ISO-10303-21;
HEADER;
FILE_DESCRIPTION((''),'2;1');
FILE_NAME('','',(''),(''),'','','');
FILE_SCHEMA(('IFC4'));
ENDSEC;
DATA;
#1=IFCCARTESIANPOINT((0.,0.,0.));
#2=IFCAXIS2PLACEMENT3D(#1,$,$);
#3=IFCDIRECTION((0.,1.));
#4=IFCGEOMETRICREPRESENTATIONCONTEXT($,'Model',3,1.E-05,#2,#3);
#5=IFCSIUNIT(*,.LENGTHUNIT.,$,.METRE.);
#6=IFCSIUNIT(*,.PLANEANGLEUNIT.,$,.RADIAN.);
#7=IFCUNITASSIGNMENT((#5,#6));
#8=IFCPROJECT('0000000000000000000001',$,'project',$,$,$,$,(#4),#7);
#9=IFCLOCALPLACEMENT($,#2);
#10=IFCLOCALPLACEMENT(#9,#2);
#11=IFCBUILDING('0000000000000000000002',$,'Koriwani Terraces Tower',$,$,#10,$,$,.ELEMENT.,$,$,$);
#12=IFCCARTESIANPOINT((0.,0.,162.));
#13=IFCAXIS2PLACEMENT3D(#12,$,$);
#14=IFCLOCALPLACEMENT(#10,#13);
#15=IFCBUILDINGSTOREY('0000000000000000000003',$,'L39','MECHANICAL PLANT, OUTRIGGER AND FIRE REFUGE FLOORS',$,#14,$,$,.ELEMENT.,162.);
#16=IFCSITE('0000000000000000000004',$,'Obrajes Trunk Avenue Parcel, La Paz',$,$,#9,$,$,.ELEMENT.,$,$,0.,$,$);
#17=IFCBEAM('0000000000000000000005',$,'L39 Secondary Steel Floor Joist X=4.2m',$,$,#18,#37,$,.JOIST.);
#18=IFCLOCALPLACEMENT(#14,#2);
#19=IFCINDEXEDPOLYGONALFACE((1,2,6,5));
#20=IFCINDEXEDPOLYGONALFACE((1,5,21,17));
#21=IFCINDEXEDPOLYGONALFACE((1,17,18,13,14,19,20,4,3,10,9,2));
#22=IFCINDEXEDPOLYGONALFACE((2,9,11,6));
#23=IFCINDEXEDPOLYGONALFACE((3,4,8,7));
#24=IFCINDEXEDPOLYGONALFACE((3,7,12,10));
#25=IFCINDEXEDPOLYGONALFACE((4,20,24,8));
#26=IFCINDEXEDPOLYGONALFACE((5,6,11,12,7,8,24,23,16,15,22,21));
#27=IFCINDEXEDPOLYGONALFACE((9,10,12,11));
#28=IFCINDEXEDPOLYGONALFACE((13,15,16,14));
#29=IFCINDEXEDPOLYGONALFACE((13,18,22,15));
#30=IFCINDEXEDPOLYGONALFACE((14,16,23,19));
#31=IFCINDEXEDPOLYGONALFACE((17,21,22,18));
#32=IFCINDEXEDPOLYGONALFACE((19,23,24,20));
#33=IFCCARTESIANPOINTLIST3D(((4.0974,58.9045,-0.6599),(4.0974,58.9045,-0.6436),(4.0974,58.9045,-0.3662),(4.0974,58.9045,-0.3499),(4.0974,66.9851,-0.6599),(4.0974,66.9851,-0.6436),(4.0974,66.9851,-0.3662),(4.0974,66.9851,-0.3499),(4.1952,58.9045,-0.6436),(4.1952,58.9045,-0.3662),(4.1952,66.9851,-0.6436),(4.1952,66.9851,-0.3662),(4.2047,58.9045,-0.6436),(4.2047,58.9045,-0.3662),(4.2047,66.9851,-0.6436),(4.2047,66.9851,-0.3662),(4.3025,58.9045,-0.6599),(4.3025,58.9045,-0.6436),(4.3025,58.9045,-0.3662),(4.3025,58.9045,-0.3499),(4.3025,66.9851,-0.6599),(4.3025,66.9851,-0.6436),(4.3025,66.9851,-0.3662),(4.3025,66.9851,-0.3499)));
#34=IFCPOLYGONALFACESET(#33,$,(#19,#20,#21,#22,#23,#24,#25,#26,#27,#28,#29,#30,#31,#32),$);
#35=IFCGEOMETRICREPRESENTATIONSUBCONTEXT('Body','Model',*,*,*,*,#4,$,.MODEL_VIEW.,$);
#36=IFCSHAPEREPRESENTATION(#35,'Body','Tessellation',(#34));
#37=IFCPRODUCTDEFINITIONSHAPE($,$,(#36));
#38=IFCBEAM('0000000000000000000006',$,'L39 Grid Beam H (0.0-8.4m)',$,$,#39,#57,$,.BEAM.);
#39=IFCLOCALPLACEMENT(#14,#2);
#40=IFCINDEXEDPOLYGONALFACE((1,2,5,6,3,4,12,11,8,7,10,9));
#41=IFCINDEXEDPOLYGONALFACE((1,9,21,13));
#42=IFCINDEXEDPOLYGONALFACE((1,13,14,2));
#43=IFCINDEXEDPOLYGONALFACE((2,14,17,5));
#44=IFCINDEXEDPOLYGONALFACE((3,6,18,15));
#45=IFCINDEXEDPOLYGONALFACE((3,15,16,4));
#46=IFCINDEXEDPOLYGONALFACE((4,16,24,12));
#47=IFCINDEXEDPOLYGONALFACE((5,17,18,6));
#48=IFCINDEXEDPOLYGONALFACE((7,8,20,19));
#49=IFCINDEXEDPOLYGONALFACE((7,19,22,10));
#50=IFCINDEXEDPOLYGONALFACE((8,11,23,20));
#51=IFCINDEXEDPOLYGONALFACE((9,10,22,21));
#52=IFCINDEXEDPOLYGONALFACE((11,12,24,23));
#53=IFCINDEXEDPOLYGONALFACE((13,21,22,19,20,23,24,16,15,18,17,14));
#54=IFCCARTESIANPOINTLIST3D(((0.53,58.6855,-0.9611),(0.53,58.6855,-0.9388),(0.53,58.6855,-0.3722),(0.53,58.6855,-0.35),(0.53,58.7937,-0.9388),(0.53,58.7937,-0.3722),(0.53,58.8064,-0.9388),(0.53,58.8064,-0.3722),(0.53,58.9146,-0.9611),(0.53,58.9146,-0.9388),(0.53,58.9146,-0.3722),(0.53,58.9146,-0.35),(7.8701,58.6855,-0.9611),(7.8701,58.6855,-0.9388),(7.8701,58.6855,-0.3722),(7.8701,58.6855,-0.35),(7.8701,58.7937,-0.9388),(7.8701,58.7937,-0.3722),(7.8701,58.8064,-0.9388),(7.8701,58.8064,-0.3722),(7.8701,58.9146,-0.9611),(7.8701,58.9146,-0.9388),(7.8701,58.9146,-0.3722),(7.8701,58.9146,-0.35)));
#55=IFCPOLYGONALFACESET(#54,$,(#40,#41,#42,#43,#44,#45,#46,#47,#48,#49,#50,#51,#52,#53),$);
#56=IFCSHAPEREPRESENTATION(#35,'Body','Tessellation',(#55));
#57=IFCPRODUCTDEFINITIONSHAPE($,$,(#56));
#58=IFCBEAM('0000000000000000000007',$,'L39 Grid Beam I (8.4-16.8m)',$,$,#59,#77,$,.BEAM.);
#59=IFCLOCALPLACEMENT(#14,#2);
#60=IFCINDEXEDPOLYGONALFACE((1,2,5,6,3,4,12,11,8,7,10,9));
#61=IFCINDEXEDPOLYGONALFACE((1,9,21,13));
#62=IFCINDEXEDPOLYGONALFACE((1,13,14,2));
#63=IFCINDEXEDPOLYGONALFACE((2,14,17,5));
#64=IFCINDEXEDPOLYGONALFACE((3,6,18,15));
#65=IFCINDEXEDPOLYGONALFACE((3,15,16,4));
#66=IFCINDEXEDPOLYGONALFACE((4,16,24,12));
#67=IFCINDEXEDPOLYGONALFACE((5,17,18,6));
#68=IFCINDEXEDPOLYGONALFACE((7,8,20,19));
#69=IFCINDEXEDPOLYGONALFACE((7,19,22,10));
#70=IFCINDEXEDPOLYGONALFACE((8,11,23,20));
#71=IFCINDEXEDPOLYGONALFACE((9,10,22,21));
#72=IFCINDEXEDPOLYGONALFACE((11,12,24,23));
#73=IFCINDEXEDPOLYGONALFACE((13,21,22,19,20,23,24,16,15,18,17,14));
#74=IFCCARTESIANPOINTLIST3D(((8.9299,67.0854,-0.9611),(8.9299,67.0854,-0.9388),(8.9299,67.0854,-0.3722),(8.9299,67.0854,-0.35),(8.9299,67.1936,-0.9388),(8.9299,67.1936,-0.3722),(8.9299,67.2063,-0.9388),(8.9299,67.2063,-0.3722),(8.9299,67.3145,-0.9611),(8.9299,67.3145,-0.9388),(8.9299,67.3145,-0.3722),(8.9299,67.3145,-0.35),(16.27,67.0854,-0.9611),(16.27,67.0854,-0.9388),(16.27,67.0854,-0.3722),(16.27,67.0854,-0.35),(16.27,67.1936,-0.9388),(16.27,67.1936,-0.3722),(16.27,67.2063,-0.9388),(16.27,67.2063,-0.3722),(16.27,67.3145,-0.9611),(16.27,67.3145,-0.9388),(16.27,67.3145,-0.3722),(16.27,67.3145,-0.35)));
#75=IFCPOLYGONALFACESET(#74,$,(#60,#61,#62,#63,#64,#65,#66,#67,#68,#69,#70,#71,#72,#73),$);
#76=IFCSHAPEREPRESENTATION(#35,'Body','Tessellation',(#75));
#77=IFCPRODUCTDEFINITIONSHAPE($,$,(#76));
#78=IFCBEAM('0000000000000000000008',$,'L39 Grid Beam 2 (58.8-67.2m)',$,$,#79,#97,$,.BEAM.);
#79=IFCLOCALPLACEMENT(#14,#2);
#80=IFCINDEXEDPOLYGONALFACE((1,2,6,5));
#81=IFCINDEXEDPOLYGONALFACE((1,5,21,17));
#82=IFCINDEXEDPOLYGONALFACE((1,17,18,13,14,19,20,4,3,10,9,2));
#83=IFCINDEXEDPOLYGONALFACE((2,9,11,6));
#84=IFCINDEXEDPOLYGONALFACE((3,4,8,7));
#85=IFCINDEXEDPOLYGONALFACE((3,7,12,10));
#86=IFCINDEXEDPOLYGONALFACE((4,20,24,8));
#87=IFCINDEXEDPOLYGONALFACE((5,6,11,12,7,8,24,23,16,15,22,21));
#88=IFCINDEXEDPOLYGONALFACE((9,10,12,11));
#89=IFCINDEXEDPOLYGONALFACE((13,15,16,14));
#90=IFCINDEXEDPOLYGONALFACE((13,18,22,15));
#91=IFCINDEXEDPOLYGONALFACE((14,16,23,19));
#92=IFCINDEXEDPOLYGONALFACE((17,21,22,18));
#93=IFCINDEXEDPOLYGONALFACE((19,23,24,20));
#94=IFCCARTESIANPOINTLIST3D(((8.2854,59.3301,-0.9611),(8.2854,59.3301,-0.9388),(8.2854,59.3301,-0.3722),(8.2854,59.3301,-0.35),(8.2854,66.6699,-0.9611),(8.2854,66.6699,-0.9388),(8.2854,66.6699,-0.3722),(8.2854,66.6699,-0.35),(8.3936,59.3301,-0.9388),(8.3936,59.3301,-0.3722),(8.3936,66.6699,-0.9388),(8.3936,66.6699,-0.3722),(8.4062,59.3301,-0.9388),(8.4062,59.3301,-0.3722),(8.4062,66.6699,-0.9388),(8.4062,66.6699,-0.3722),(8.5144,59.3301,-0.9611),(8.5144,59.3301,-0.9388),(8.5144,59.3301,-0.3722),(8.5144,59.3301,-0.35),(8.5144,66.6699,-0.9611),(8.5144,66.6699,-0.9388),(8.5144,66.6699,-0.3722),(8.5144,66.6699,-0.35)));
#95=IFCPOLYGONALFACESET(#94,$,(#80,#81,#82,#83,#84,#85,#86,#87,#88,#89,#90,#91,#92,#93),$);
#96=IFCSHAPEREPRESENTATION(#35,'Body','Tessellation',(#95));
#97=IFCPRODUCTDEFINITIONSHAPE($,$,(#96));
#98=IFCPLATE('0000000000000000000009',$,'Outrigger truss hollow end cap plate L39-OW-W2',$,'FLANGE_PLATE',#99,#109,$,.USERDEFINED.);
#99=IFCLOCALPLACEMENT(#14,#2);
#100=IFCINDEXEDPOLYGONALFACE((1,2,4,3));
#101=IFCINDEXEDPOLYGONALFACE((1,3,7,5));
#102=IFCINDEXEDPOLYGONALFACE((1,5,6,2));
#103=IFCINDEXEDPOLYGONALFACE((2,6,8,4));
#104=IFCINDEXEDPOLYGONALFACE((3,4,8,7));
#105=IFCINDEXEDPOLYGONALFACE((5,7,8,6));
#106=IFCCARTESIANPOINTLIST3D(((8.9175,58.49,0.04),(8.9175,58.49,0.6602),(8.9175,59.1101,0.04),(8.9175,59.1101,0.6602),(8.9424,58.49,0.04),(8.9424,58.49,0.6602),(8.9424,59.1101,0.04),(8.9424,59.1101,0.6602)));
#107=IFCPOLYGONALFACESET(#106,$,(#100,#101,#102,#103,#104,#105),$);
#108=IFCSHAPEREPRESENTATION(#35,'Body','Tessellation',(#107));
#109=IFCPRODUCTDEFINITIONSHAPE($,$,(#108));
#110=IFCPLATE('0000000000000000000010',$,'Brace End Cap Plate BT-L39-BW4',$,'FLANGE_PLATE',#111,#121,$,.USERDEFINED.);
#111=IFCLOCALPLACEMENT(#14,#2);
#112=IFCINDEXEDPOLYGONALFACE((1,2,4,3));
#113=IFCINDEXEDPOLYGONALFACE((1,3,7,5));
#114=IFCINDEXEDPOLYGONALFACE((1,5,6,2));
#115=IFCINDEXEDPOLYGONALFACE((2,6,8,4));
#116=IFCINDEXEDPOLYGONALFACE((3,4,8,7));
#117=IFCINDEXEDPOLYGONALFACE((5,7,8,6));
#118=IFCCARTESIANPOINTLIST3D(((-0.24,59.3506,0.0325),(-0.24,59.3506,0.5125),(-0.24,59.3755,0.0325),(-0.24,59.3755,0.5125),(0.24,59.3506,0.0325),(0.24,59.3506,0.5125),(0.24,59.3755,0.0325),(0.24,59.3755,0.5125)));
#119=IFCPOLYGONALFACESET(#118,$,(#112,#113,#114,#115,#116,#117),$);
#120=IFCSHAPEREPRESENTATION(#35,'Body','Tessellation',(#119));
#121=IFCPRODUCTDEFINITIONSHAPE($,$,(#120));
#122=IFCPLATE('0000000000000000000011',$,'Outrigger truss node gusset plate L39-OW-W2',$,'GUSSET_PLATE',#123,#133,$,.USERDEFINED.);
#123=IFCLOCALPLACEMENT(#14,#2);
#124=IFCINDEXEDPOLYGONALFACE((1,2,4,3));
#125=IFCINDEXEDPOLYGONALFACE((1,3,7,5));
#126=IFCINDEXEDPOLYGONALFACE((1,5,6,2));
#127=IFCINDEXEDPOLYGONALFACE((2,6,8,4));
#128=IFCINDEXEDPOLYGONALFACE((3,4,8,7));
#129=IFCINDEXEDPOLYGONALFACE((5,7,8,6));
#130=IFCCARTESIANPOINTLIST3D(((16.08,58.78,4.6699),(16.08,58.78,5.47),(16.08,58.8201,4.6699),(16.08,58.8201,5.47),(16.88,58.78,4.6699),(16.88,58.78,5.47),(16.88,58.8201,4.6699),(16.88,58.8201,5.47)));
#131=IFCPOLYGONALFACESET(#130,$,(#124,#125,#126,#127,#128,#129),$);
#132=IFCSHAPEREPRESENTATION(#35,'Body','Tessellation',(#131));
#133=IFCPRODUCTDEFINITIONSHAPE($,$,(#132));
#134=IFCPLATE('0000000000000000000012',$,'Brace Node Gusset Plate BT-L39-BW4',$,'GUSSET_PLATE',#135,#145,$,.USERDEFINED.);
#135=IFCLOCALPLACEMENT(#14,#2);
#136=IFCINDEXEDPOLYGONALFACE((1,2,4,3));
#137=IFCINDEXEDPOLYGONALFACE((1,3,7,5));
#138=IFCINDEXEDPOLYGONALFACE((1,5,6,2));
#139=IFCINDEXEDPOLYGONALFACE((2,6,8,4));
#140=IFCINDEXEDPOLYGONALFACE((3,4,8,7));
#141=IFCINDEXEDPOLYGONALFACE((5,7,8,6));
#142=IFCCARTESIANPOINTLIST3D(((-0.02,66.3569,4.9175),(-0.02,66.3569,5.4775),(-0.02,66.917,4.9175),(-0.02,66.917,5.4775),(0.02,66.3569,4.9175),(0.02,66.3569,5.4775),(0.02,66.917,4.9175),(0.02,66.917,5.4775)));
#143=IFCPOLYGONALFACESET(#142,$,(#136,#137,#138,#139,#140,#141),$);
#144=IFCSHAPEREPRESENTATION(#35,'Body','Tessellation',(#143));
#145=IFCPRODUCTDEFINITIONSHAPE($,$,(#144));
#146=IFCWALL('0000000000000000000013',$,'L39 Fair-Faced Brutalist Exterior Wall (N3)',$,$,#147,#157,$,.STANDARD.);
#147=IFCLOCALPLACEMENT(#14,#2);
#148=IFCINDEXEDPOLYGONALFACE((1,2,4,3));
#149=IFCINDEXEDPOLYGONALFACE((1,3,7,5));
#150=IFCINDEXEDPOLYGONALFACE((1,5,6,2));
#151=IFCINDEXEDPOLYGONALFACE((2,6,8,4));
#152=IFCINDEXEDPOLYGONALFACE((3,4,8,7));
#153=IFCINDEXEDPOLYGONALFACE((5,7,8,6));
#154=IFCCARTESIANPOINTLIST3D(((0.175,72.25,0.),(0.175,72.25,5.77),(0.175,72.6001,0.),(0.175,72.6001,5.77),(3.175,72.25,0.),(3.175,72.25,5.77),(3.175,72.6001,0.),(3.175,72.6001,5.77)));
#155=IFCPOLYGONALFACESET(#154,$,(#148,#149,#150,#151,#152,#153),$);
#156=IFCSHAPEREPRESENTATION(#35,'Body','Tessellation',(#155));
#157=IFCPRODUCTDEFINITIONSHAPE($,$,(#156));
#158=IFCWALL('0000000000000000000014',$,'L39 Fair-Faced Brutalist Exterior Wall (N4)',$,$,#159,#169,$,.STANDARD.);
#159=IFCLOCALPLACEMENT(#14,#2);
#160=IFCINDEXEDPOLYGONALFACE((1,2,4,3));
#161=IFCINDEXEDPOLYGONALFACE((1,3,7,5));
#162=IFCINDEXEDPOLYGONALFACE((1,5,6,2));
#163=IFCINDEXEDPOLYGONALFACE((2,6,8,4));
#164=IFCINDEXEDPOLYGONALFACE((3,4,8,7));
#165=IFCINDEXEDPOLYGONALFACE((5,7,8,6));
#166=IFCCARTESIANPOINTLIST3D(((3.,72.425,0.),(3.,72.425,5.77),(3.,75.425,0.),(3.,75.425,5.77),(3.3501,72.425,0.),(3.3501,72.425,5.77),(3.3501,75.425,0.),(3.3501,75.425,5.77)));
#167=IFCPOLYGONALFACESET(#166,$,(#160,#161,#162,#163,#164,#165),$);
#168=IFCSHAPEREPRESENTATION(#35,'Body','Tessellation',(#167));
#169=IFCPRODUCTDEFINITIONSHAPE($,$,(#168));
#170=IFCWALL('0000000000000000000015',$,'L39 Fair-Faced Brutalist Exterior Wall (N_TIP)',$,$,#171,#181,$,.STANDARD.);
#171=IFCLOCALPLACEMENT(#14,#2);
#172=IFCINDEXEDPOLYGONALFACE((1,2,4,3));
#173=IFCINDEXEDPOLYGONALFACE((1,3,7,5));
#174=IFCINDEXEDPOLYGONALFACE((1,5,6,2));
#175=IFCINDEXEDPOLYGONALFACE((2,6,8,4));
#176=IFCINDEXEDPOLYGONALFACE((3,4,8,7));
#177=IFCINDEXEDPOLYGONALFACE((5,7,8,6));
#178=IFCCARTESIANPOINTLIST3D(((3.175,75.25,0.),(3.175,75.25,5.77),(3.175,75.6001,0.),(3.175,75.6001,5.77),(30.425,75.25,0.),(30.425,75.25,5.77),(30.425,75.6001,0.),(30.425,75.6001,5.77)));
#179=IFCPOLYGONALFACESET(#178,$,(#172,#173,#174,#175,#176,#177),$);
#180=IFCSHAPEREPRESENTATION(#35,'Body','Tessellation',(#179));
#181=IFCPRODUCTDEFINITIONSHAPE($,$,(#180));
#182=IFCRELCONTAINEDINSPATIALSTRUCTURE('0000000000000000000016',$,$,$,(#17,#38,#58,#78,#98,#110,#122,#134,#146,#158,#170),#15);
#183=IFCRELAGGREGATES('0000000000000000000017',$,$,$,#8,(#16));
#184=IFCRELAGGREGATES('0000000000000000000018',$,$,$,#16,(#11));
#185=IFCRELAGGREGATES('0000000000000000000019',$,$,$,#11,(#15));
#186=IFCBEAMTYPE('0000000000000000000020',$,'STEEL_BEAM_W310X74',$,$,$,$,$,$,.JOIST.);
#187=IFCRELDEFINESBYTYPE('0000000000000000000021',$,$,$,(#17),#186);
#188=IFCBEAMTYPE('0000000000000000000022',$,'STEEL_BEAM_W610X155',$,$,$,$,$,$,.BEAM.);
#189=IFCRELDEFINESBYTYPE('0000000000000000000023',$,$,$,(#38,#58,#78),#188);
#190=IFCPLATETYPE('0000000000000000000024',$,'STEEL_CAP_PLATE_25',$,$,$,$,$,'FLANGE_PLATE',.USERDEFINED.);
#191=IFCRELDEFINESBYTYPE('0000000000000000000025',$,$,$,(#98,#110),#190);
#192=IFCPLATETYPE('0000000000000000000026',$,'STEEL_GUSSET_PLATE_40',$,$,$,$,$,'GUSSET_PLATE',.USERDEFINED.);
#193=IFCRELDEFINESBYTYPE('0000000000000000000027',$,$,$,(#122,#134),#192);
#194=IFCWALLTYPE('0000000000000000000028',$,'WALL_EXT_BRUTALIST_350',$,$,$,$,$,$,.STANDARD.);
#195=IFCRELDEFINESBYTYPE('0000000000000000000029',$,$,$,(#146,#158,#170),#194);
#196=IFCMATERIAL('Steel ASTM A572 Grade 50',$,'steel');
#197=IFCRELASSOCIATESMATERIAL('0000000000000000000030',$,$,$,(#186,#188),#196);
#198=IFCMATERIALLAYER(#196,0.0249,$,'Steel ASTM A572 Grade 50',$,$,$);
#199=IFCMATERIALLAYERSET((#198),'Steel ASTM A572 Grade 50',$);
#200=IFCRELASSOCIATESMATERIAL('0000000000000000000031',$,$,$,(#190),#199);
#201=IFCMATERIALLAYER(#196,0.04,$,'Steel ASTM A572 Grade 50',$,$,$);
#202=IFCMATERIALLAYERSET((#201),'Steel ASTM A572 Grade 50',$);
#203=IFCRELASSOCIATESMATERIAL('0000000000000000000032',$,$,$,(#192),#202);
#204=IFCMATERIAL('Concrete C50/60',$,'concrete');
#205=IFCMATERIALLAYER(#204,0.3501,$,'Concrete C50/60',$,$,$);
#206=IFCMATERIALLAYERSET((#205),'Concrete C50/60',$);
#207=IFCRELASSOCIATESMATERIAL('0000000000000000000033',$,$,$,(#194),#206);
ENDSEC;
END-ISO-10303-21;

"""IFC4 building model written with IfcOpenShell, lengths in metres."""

from ifc_helpers import new_model, si_unit, direction, frame, frame_2d, origin, origin_2d, place, context, subcontext, project, spatial, rectangle, i_section, extrude, material, layer, layer_set, material_profile, profile_set, type_object, element, save


model = new_model("IFC4")

# Units and contexts
model_context = context("Model", 3, precision=1e-05, world=origin(), true_north=direction((0.0, 1.0)))
body_context = subcontext(model_context, "Body", "Model", "MODEL_VIEW")
ifc_project = project(units=[si_unit("LENGTHUNIT", "METRE"), si_unit("PLANEANGLEUNIT", "RADIAN")], contexts=[model_context])

# Site, building, storey
site_placement = place(None, origin())
site = spatial("IfcSite", under=ifc_project, at=site_placement, Name="Obrajes Trunk Avenue Parcel, La Paz", CompositionType="ELEMENT", RefElevation=0.0)
building_placement = place(site_placement, origin())
building = spatial("IfcBuilding", under=site, at=building_placement, Name="Koriwani Terraces Tower", CompositionType="ELEMENT")
storey_placement = place(building_placement, frame((0.0, 0.0, 162.0)))
storey = spatial("IfcBuildingStorey", under=building, at=storey_placement, Name="L39", Description="MECHANICAL PLANT, OUTRIGGER AND FIRE REFUGE FLOORS", CompositionType="ELEMENT", Elevation=162.0)

# Shared definitions
ifc_material_1 = material(Name="Concrete C50/60", Category="concrete")

# Shared definitions
ifc_material_2 = material(Name="Steel ASTM A572 Grade 50", Category="steel")

# Beams
ifc_material_profile_1 = material_profile(ifc_material_2, i_section(OverallWidth=0.2051, OverallDepth=0.3101, WebThickness=0.0095, FlangeThickness=0.0164, at=origin_2d()), Name="Steel ASTM A572 Grade 50", Category="LoadBearing")
ifc_profile_set_1 = profile_set([ifc_material_profile_1], Name="Steel ASTM A572 Grade 50")
beam_type_1 = type_object("IfcBeamType", Name="STEEL_BEAM_W310X74", PredefinedType="JOIST", material=ifc_profile_set_1)
beam_1_placement = place(storey_placement, frame((4.2, 58.9045, -0.5049), z_axis=(0.0, 1.0, 0.0), x_axis=(-1.0, 0.0, 0.0)))
element("IfcBeam", 1, at=beam_1_placement, inside=storey, type_object=beam_type_1, Name="L39 Secondary Steel Floor Joist X=4.2m", PredefinedType="JOIST", context=body_context, shape_type="SweptSolid", body=[
    extrude(i_section(OverallWidth=0.2051, OverallDepth=0.3101, WebThickness=0.0095, FlangeThickness=0.0164, at=origin_2d()), origin(), (0.0, 0.0, 1.0), 8.0806),
])
ifc_material_profile_2 = material_profile(ifc_material_2, i_section(OverallWidth=0.229, OverallDepth=0.6111, WebThickness=0.0127, FlangeThickness=0.0222, at=origin_2d()), Name="Steel ASTM A572 Grade 50", Category="LoadBearing")
ifc_profile_set_2 = profile_set([ifc_material_profile_2], Name="Steel ASTM A572 Grade 50")
beam_type_2 = type_object("IfcBeamType", Name="STEEL_BEAM_W610X155", PredefinedType="BEAM", material=ifc_profile_set_2)
for number, where, z_axis, x_axis, name in (
    (2, (0.53, 58.8, -0.6555), (1.0, 0.0, 0.0), (0.0, 1.0, 0.0), "L39 Grid Beam H (0.0-8.4m)"),
    (3, (8.9299, 67.2, -0.6555), (1.0, 0.0, 0.0), (0.0, 1.0, 0.0), "L39 Grid Beam I (8.4-16.8m)"),
):
    element("IfcBeam", number, at=place(storey_placement, frame(where, z_axis=z_axis, x_axis=x_axis)), inside=storey, type_object=beam_type_2, Name=name, PredefinedType="BEAM", context=body_context, shape_type="SweptSolid", body=[
        extrude(i_section(OverallWidth=0.229, OverallDepth=0.6111, WebThickness=0.0127, FlangeThickness=0.0222, at=origin_2d()), origin(), (0.0, 0.0, 1.0), 7.3401),
    ])
beam_2_placement = place(storey_placement, frame((8.3999, 59.3301, -0.6555), z_axis=(0.0, 1.0, 0.0), x_axis=(-1.0, 0.0, 0.0)))
element("IfcBeam", 4, at=beam_2_placement, inside=storey, type_object=beam_type_2, Name="L39 Grid Beam 2 (58.8-67.2m)", PredefinedType="BEAM", context=body_context, shape_type="SweptSolid", body=[
    extrude(i_section(OverallWidth=0.229, OverallDepth=0.6111, WebThickness=0.0127, FlangeThickness=0.0222, at=origin_2d()), origin(), (0.0, 0.0, 1.0), 7.3398),
])

# Plates
ifc_layer_1 = layer(ifc_material_2, 0.0249, Name="Steel ASTM A572 Grade 50")
ifc_layer_set_1 = layer_set([ifc_layer_1], Name="Steel ASTM A572 Grade 50")
plate_type_1 = type_object("IfcPlateType", Name="STEEL_CAP_PLATE_25", ElementType="FLANGE_PLATE", PredefinedType="USERDEFINED", material=ifc_layer_set_1)
plate_1_placement = place(storey_placement, frame((8.9299, 58.8, 0.04), z_axis=(0.0, 0.0, 1.0), x_axis=(1.0, 0.0, 0.0)))
element("IfcPlate", 5, at=plate_1_placement, inside=storey, type_object=plate_type_1, Name="Outrigger truss hollow end cap plate L39-OW-W2", ObjectType="FLANGE_PLATE", PredefinedType="USERDEFINED", context=body_context, shape_type="SweptSolid", body=[
    extrude(rectangle(XDim=0.0249, YDim=0.6201, at=origin_2d()), origin(), (0.0, 0.0, 1.0), 0.6201),
])
plate_2_placement = place(storey_placement, frame((0.0, 59.363, 0.0325), z_axis=(0.0, 0.0, 1.0), x_axis=(0.0, 1.0, 0.0)))
element("IfcPlate", 6, at=plate_2_placement, inside=storey, type_object=plate_type_1, Name="Brace End Cap Plate BT-L39-BW4", ObjectType="FLANGE_PLATE", PredefinedType="USERDEFINED", context=body_context, shape_type="SweptSolid", body=[
    extrude(rectangle(XDim=0.0249, YDim=0.48, at=origin_2d()), origin(), (0.0, 0.0, 1.0), 0.48),
])
ifc_layer_2 = layer(ifc_material_2, 0.04, Name="Steel ASTM A572 Grade 50")
ifc_layer_set_2 = layer_set([ifc_layer_2], Name="Steel ASTM A572 Grade 50")
plate_type_2 = type_object("IfcPlateType", Name="STEEL_GUSSET_PLATE_40", ElementType="GUSSET_PLATE", PredefinedType="USERDEFINED", material=ifc_layer_set_2)
plate_3_placement = place(storey_placement, frame((16.48, 58.8, 4.6699), z_axis=(0.0, 0.0, 1.0), x_axis=(1.0, 0.0, 0.0)))
element("IfcPlate", 7, at=plate_3_placement, inside=storey, type_object=plate_type_2, Name="Outrigger truss node gusset plate L39-OW-W2", ObjectType="GUSSET_PLATE", PredefinedType="USERDEFINED", context=body_context, shape_type="SweptSolid", body=[
    extrude(rectangle(XDim=0.8, YDim=0.04, at=origin_2d()), origin(), (0.0, 0.0, 1.0), 0.8),
])
plate_4_placement = place(storey_placement, frame((0.0, 66.637, 4.9175), z_axis=(0.0, 0.0, 1.0), x_axis=(0.0, 1.0, 0.0)))
element("IfcPlate", 8, at=plate_4_placement, inside=storey, type_object=plate_type_2, Name="Brace Node Gusset Plate BT-L39-BW4", ObjectType="GUSSET_PLATE", PredefinedType="USERDEFINED", context=body_context, shape_type="SweptSolid", body=[
    extrude(rectangle(XDim=0.5601, YDim=0.04, at=origin_2d()), origin(), (0.0, 0.0, 1.0), 0.5601),
])

# Walls
ifc_layer_3 = layer(ifc_material_1, 0.3501, Name="Concrete C50/60")
ifc_layer_set_3 = layer_set([ifc_layer_3], Name="Concrete C50/60")
wall_type_1 = type_object("IfcWallType", Name="WALL_EXT_BRUTALIST_350", PredefinedType="STANDARD", material=ifc_layer_set_3)
for number, where, z_axis, x_axis, name in (
    (9, (0.175, 72.425, 0.0), (0.0, 0.0, 1.0), (1.0, 0.0, 0.0), "L39 Fair-Faced Brutalist Exterior Wall (N3)"),
    (10, (3.175, 72.425, 0.0), (0.0, 0.0, 1.0), (0.0, 1.0, 0.0), "L39 Fair-Faced Brutalist Exterior Wall (N4)"),
):
    element("IfcWall", number, at=place(storey_placement, frame(where, z_axis=z_axis, x_axis=x_axis)), inside=storey, type_object=wall_type_1, Name=name, PredefinedType="STANDARD", context=body_context, shape_type="SweptSolid", body=[
        extrude(rectangle(XDim=3.0, YDim=0.3501, at=frame_2d((1.5, 0.0))), origin(), (0.0, 0.0, 1.0), 5.77),
    ])
wall_1_placement = place(storey_placement, frame((3.175, 75.425, 0.0), z_axis=(0.0, 0.0, 1.0), x_axis=(1.0, 0.0, 0.0)))
element("IfcWall", 11, at=wall_1_placement, inside=storey, type_object=wall_type_1, Name="L39 Fair-Faced Brutalist Exterior Wall (N_TIP)", PredefinedType="STANDARD", context=body_context, shape_type="SweptSolid", body=[
    extrude(rectangle(XDim=27.25, YDim=0.3501, at=frame_2d((13.625, 0.0))), origin(), (0.0, 0.0, 1.0), 5.77),
])

save(model, "model.ifc")
